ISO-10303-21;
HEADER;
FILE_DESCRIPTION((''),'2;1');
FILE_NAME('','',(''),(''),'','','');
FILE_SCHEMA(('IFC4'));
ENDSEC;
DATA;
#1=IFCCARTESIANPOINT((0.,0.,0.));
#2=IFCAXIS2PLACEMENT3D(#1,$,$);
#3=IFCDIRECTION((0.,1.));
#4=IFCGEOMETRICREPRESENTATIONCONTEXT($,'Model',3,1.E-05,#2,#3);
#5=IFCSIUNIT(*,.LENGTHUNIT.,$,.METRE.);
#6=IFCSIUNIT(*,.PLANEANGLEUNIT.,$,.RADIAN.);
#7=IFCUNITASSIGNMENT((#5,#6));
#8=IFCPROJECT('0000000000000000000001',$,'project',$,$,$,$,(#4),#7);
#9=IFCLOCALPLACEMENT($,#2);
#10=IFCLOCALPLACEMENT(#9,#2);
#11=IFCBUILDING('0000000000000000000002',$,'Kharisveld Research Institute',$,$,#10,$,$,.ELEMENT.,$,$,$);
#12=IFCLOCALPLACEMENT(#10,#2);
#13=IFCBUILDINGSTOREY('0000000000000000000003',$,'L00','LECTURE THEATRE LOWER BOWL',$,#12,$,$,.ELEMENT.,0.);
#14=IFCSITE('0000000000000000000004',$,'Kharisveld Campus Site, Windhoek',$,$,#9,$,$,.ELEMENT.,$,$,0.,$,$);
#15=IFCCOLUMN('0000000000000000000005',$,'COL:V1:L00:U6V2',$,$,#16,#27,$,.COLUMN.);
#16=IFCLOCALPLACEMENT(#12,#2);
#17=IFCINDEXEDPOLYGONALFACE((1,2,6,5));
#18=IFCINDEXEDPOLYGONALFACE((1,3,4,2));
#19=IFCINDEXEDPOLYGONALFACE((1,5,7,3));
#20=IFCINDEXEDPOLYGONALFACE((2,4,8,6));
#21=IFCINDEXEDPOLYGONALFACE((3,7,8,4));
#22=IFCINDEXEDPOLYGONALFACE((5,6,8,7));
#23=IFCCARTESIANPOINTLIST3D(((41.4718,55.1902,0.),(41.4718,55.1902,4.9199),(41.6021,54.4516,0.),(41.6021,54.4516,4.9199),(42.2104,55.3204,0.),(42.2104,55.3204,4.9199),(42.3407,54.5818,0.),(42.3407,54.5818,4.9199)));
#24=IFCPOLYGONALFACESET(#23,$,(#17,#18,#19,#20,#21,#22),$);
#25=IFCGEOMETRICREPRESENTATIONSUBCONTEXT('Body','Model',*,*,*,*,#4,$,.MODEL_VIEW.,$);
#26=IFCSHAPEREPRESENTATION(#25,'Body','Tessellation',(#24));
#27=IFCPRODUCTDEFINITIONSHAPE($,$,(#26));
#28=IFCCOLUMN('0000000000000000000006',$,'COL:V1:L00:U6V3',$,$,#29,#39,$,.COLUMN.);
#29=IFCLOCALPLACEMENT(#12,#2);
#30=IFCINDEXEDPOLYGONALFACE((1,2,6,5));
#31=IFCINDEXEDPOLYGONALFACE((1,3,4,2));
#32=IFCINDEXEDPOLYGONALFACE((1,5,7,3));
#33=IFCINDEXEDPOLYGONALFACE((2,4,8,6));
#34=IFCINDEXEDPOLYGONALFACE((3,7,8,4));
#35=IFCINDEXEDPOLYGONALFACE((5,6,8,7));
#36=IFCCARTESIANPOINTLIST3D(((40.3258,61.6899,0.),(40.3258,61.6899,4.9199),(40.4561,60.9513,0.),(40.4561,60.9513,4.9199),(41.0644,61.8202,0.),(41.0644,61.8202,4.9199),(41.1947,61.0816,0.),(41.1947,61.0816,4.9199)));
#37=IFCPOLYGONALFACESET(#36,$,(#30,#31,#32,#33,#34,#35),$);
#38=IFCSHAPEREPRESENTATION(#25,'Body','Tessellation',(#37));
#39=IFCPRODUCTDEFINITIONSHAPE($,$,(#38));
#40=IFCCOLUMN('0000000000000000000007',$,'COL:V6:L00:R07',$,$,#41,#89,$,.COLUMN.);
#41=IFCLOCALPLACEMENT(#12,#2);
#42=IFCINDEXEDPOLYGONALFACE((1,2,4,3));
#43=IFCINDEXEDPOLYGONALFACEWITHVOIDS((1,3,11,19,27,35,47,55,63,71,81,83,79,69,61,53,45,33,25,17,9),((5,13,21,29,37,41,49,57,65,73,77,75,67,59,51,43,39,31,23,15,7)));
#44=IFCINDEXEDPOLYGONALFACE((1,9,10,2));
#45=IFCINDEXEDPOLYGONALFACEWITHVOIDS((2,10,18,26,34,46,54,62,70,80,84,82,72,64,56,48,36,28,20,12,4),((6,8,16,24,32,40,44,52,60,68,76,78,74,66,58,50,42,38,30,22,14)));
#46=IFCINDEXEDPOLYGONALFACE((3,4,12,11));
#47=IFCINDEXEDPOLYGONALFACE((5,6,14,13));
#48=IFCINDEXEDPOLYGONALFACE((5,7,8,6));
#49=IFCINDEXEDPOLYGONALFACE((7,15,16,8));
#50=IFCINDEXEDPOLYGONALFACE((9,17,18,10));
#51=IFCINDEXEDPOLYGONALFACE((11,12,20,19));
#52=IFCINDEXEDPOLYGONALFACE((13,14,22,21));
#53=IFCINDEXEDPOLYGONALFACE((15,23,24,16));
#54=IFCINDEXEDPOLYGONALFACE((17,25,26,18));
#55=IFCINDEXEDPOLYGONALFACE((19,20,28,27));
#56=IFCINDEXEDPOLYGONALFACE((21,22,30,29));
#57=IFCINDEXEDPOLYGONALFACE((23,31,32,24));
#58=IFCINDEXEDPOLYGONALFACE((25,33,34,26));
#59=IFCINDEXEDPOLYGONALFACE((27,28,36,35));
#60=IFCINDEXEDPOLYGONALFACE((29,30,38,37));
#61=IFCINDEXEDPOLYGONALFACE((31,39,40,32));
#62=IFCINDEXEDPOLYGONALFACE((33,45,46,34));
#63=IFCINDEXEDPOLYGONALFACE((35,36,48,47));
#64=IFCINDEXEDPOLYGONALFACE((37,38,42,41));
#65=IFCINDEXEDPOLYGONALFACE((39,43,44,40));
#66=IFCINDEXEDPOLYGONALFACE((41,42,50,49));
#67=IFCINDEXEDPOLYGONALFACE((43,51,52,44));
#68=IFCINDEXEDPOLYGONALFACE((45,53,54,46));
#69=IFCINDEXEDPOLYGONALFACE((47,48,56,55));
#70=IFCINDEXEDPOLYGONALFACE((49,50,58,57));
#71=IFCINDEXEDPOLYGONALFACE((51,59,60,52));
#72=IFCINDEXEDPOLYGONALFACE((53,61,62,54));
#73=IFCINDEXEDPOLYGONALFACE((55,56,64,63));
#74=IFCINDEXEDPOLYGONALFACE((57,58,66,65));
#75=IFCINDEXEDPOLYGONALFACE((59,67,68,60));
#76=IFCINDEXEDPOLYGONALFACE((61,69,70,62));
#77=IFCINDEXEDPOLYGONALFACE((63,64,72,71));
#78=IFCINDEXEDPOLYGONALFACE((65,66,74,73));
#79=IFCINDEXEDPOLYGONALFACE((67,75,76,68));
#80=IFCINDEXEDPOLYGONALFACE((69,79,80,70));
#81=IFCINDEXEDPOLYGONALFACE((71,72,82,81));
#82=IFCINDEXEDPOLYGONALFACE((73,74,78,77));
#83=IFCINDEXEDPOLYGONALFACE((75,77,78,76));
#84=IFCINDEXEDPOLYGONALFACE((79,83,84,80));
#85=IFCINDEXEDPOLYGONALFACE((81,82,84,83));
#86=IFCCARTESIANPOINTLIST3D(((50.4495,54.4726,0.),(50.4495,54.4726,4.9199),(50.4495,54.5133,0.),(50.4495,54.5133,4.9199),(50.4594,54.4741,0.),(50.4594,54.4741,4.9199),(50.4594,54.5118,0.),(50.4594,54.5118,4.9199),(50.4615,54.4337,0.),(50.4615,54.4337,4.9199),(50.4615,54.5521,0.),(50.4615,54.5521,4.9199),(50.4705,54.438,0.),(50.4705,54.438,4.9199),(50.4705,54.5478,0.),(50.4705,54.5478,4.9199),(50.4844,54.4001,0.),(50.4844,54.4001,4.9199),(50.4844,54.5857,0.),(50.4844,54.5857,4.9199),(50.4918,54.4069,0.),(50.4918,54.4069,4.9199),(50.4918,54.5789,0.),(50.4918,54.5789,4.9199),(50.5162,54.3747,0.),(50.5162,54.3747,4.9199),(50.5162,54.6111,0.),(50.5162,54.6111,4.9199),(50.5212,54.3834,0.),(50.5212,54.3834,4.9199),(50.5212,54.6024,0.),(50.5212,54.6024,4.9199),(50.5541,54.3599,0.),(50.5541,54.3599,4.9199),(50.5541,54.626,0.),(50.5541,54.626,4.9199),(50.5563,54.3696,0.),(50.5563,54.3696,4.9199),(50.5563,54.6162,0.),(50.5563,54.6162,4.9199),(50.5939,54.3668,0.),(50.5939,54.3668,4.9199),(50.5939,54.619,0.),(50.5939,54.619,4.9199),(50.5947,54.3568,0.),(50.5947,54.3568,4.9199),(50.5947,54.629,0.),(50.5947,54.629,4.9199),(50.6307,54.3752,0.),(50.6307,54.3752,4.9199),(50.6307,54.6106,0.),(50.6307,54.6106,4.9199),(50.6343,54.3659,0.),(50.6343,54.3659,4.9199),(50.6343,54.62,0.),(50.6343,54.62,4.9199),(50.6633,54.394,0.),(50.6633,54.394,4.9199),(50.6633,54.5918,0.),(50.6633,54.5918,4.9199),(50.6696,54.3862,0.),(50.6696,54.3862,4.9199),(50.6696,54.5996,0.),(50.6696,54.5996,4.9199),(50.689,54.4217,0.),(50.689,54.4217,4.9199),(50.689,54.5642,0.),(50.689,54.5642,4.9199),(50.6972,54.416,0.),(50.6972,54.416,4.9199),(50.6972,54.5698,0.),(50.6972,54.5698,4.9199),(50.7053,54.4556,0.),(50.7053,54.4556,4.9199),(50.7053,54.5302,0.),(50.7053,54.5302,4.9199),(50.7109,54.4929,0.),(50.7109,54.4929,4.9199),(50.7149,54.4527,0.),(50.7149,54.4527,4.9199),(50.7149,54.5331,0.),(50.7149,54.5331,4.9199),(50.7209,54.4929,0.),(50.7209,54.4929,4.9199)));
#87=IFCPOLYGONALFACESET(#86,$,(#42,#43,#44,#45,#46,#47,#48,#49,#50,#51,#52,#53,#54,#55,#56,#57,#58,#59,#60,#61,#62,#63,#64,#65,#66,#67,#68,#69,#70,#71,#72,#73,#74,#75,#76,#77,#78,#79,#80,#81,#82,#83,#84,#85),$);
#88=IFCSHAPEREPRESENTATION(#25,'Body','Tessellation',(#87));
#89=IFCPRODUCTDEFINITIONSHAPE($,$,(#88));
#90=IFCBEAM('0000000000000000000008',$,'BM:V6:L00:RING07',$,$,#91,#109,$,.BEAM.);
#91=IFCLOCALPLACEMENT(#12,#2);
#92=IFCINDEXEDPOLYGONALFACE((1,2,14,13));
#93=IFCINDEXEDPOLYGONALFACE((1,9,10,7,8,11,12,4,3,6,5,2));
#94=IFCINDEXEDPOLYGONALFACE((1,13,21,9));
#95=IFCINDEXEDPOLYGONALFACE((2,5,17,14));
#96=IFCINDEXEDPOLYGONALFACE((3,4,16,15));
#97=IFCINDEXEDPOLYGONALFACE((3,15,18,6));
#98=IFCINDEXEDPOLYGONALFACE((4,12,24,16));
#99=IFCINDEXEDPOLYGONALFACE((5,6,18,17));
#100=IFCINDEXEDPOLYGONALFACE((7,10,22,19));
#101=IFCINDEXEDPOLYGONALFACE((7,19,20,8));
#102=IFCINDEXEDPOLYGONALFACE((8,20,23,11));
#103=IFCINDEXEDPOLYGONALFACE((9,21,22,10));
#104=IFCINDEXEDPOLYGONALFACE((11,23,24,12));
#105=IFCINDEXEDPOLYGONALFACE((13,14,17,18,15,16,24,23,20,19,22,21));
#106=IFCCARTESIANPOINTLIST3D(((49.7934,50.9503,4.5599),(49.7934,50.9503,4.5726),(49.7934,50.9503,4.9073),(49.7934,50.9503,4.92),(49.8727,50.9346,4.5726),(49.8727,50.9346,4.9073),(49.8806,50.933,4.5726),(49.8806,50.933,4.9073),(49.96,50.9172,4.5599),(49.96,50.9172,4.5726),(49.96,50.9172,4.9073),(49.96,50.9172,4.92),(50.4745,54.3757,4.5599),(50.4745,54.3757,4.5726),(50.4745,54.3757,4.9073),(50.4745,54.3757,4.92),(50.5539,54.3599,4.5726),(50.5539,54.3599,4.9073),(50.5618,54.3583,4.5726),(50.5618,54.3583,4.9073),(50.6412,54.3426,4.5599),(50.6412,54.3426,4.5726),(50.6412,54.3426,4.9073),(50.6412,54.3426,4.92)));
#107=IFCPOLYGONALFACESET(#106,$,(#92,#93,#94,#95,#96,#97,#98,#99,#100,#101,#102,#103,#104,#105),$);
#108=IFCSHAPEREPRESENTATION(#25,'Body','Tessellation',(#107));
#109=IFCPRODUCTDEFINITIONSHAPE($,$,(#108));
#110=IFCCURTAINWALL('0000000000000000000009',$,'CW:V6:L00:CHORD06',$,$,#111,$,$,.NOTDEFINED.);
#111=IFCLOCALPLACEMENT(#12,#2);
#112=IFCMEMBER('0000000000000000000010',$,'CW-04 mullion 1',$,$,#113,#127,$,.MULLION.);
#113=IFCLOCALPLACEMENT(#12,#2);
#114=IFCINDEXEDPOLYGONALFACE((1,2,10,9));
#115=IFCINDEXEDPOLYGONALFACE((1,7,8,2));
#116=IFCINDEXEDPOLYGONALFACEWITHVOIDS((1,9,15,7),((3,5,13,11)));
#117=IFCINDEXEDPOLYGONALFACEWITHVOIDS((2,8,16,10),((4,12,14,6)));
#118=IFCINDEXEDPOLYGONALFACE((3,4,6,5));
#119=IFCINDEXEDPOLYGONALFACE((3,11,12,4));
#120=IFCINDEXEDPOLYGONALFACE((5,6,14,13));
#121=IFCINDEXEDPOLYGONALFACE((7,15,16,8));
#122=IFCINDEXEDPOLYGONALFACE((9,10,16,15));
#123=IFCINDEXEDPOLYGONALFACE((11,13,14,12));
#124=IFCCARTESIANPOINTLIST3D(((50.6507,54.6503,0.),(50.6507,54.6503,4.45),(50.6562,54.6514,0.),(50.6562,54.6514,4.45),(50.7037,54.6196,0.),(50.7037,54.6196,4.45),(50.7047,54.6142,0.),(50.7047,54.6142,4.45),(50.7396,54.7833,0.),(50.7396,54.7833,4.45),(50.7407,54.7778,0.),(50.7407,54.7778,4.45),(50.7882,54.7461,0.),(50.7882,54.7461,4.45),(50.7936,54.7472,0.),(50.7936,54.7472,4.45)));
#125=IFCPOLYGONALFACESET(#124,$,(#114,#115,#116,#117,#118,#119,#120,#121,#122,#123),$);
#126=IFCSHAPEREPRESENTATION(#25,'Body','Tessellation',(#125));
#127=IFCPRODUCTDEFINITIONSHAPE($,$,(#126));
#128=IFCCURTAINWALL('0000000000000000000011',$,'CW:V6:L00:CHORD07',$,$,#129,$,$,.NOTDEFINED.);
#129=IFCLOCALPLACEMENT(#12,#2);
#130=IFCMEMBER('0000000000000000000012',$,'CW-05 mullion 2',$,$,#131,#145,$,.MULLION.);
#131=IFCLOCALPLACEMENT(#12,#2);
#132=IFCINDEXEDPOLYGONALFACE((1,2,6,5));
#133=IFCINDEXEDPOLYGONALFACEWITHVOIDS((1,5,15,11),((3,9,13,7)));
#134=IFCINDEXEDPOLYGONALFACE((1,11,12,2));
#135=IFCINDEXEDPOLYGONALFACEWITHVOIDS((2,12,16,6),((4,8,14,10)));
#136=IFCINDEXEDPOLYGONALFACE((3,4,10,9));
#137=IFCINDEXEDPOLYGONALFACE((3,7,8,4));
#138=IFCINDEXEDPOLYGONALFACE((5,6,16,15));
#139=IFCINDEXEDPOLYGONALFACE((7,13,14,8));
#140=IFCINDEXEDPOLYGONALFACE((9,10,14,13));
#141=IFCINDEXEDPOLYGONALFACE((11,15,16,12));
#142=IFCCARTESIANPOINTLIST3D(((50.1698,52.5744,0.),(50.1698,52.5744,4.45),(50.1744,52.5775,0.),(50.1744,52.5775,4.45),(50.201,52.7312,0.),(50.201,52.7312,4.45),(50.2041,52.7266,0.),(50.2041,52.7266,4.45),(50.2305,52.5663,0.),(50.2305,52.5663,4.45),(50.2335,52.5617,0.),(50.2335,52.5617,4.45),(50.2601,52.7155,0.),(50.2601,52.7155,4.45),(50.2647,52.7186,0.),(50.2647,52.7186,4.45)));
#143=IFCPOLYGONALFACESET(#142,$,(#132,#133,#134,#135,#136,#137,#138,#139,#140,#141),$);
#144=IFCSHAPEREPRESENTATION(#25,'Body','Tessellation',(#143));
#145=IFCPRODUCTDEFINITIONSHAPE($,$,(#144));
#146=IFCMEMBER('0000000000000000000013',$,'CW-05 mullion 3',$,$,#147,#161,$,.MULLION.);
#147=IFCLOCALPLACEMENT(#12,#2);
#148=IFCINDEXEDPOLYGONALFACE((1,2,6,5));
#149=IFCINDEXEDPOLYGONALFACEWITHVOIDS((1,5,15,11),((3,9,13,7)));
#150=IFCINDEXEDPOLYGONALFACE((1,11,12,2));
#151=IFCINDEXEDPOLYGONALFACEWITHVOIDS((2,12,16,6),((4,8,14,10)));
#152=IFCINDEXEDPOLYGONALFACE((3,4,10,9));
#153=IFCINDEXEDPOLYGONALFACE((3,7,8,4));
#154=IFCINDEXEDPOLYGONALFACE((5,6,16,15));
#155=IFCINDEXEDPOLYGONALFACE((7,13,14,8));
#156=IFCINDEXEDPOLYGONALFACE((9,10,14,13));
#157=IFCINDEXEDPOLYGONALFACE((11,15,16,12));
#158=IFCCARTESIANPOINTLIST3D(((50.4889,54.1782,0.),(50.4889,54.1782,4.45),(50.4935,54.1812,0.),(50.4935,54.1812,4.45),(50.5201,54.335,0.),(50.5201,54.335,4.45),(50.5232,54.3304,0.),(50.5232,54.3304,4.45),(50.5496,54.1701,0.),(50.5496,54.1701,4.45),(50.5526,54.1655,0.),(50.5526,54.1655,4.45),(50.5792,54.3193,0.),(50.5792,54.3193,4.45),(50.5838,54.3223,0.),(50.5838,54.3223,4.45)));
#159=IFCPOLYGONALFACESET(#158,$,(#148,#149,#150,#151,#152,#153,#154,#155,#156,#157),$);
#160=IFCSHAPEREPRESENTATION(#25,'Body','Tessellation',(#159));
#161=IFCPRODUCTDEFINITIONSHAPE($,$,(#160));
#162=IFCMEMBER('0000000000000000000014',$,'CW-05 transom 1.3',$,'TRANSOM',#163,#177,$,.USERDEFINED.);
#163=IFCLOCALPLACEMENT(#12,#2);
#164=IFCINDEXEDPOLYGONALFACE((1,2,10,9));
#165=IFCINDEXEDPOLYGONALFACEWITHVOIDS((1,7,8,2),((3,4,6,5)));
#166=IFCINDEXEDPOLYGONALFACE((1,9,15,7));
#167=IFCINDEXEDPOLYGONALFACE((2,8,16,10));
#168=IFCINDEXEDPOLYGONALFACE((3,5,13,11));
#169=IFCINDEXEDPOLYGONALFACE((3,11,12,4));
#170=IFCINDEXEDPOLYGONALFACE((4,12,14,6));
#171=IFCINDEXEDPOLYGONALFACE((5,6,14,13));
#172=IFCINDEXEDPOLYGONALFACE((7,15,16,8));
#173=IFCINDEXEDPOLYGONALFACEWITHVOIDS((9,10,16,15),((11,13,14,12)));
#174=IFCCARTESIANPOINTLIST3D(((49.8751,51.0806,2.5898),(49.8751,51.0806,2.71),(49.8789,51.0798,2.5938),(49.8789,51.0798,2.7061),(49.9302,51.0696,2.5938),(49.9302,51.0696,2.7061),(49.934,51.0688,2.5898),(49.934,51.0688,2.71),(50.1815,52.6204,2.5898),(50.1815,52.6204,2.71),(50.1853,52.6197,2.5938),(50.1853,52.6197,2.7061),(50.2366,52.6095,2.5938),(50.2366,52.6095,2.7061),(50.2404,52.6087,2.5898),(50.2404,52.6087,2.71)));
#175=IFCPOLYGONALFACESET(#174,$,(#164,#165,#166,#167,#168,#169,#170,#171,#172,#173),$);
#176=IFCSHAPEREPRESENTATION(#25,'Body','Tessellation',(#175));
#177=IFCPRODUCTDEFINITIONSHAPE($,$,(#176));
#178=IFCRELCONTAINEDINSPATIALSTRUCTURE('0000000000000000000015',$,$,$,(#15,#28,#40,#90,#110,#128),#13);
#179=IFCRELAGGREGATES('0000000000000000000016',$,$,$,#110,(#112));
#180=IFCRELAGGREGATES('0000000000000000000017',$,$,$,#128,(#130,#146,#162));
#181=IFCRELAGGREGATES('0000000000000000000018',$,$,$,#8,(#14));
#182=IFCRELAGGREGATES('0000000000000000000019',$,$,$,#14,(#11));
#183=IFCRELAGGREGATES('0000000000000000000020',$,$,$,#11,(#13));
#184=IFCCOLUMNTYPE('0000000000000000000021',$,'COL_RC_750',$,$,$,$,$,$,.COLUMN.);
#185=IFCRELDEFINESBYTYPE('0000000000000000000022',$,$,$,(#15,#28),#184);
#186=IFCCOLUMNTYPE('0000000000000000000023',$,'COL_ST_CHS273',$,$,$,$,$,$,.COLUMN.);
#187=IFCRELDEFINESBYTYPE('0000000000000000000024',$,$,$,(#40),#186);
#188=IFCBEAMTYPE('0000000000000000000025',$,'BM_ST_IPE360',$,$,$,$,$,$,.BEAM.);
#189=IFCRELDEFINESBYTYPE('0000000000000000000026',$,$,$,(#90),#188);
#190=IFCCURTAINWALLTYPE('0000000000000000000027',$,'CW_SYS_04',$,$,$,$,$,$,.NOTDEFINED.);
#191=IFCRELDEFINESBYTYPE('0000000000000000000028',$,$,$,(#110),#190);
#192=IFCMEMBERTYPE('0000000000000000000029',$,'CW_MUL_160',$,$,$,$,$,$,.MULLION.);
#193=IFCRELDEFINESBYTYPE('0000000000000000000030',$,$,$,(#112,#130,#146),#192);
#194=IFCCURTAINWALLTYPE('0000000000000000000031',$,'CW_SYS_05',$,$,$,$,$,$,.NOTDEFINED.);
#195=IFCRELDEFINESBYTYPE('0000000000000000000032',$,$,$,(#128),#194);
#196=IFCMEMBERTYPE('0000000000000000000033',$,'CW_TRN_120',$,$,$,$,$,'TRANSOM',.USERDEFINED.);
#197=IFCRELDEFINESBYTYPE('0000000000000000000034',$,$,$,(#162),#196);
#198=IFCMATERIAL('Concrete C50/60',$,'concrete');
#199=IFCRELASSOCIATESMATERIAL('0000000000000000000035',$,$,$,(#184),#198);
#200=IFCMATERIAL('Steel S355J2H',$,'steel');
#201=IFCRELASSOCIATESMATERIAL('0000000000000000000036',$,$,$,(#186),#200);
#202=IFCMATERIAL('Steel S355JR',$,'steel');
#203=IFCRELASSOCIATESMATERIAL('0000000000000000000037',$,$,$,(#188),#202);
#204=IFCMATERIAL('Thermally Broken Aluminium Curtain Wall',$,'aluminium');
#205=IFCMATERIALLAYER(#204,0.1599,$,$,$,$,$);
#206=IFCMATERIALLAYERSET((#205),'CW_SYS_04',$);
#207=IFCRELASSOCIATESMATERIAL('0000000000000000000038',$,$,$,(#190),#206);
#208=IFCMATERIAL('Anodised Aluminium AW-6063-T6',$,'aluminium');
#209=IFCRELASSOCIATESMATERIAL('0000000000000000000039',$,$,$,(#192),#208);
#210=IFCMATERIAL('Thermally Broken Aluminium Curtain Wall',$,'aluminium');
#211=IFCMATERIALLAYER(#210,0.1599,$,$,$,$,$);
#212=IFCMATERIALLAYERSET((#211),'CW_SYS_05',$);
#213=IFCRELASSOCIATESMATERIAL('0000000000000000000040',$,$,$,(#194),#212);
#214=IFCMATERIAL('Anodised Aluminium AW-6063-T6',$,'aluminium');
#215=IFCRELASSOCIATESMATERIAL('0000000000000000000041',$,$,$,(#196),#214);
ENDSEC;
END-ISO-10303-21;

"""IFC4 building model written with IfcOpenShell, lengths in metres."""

from ifc_helpers import new_model, si_unit, direction, frame, origin, origin_2d, place, context, subcontext, project, spatial, rectangle, hollow_rectangle, hollow_circle, i_section, extrude, material, layer, layer_set, material_profile, profile_set, type_object, element, aggregate, save


model = new_model("IFC4")

# Units and contexts
model_context = context("Model", 3, precision=1e-05, world=origin(), true_north=direction((0.0, 1.0)))
body_context = subcontext(model_context, "Body", "Model", "MODEL_VIEW")
ifc_project = project(units=[si_unit("LENGTHUNIT", "METRE"), si_unit("PLANEANGLEUNIT", "RADIAN")], contexts=[model_context])

# Site, building, storey
site_placement = place(None, origin())
site = spatial("IfcSite", under=ifc_project, at=site_placement, Name="Kharisveld Campus Site, Windhoek", CompositionType="ELEMENT", RefElevation=0.0)
building_placement = place(site_placement, origin())
building = spatial("IfcBuilding", under=site, at=building_placement, Name="Kharisveld Research Institute", CompositionType="ELEMENT")
storey_placement = place(building_placement, origin())
storey = spatial("IfcBuildingStorey", under=building, at=storey_placement, Name="L00", Description="LECTURE THEATRE LOWER BOWL", CompositionType="ELEMENT", Elevation=0.0)

# Columns
ifc_material_1 = material(Name="Concrete C50/60", Category="concrete")
ifc_material_profile_1 = material_profile(ifc_material_1, rectangle(XDim=0.75, YDim=0.75, at=origin_2d()))
ifc_profile_set_1 = profile_set([ifc_material_profile_1], Name="Concrete C50/60")
column_type_1 = type_object("IfcColumnType", Name="COL_RC_750", PredefinedType="COLUMN", material=ifc_profile_set_1)
for number, where, z_axis, x_axis, name in (
    (1, (41.9062, 54.886, 0.0), (0.0, 0.0, 1.0), (0.984808, 0.173648, 0.0), "COL:V1:L00:U6V2"),
    (2, (40.7603, 61.3857, 0.0), (0.0, 0.0, 1.0), (0.984808, 0.173648, 0.0), "COL:V1:L00:U6V3"),
):
    element("IfcColumn", number, at=place(storey_placement, frame(where, z_axis=z_axis, x_axis=x_axis)), inside=storey, type_object=column_type_1, Name=name, PredefinedType="COLUMN", context=body_context, shape_type="SweptSolid", body=[
        extrude(rectangle(XDim=0.75, YDim=0.75, at=origin_2d()), origin(), (0.0, 0.0, 1.0), 4.9199),
    ])
ifc_material_2 = material(Name="Steel S355J2H", Category="steel")
ifc_material_profile_2 = material_profile(ifc_material_2, hollow_circle(Radius=0.1365, WallThickness=0.01, at=origin_2d()))
ifc_profile_set_2 = profile_set([ifc_material_profile_2], Name="Steel S355J2H")
column_type_2 = type_object("IfcColumnType", Name="COL_ST_CHS273", PredefinedType="COLUMN", material=ifc_profile_set_2)
column_placement = place(storey_placement, frame((50.5845, 54.4929, 0.0), z_axis=(0.0, 0.0, 1.0), x_axis=(1.0, 0.0, 0.0)))
element("IfcColumn", 3, at=column_placement, inside=storey, type_object=column_type_2, Name="COL:V6:L00:R07", PredefinedType="COLUMN", context=body_context, shape_type="SweptSolid", body=[
    extrude(hollow_circle(Radius=0.1365, WallThickness=0.01, at=origin_2d()), origin(), (0.0, 0.0, 1.0), 4.9199),
])

# Beam
ifc_material_3 = material(Name="Steel S355JR", Category="steel")
ifc_material_profile_3 = material_profile(ifc_material_3, i_section(OverallWidth=0.1699, OverallDepth=0.3601, WebThickness=0.0081, FlangeThickness=0.0127, at=origin_2d()))
ifc_profile_set_3 = profile_set([ifc_material_profile_3], Name="Steel S355JR")
beam_type_1 = type_object("IfcBeamType", Name="BM_ST_IPE360", PredefinedType="BEAM", material=ifc_profile_set_3)
beam_1_placement = place(storey_placement, frame((50.5579, 54.3591, 4.74), z_axis=(-0.195041, -0.980795, 0.0), x_axis=(0.980795, -0.195041, 0.0)))
element("IfcBeam", 4, at=beam_1_placement, inside=storey, type_object=beam_type_1, Name="BM:V6:L00:RING07", PredefinedType="BEAM", context=body_context, shape_type="SweptSolid", body=[
    extrude(i_section(OverallWidth=0.1699, OverallDepth=0.3601, WebThickness=0.0081, FlangeThickness=0.0127, at=origin_2d()), origin(), (0.0, 0.0, 1.0), 3.4924),
])

# Curtain wall, member
ifc_material_4 = material(Name="Thermally Broken Aluminium Curtain Wall", Category="aluminium")
ifc_layer_1 = layer(ifc_material_4, 0.1599)
ifc_layer_set_1 = layer_set([ifc_layer_1], Name="CW_SYS_04")
curtain_wall_type_1 = type_object("IfcCurtainWallType", Name="CW_SYS_04", PredefinedType="NOTDEFINED", material=ifc_layer_set_1)
curtain_wall_1_placement = place(storey_placement, origin())
curtain_wall_1 = element("IfcCurtainWall", 5, at=curtain_wall_1_placement, inside=storey, type_object=curtain_wall_type_1, Name="CW:V6:L00:CHORD06", PredefinedType="NOTDEFINED")
ifc_material_5 = material(Name="Anodised Aluminium AW-6063-T6", Category="aluminium")
ifc_material_profile_4 = material_profile(ifc_material_5, hollow_rectangle(XDim=0.0649, YDim=0.1599, WallThickness=0.0039, at=origin_2d()))
ifc_profile_set_4 = profile_set([ifc_material_profile_4], Name="Anodised Aluminium AW-6063-T6")
member_type_1 = type_object("IfcMemberType", Name="CW_MUL_160", PredefinedType="MULLION", material=ifc_profile_set_4)
member_1_placement = place(storey_placement, frame((50.7222, 54.6987, 0.0), z_axis=(0.0, 0.0, 1.0), x_axis=(-0.83147, 0.55557, 0.0)))
member_1 = element("IfcMember", 6, at=member_1_placement, type_object=member_type_1, Name="CW-04 mullion 1", PredefinedType="MULLION", context=body_context, shape_type="SweptSolid", body=[
    extrude(hollow_rectangle(XDim=0.0649, YDim=0.1599, WallThickness=0.0039, at=origin_2d()), origin(), (0.0, 0.0, 1.0), 4.45),
])
aggregate(curtain_wall_1, [member_1])

# Curtain wall, members
ifc_material_6 = material(Name="Thermally Broken Aluminium Curtain Wall", Category="aluminium")
ifc_layer_2 = layer(ifc_material_6, 0.1599)
ifc_layer_set_2 = layer_set([ifc_layer_2], Name="CW_SYS_05")
curtain_wall_type_2 = type_object("IfcCurtainWallType", Name="CW_SYS_05", PredefinedType="NOTDEFINED", material=ifc_layer_set_2)
curtain_wall_2_placement = place(storey_placement, origin())
curtain_wall_2 = element("IfcCurtainWall", 7, at=curtain_wall_2_placement, inside=storey, type_object=curtain_wall_type_2, Name="CW:V6:L00:CHORD07", PredefinedType="NOTDEFINED")
member_2_placement = place(storey_placement, frame((50.2173, 52.6465, 0.0), z_axis=(0.0, 0.0, 1.0), x_axis=(-0.980785, 0.195091, 0.0)))
member_2 = element("IfcMember", 8, at=member_2_placement, type_object=member_type_1, Name="CW-05 mullion 2", PredefinedType="MULLION", context=body_context, shape_type="SweptSolid", body=[
    extrude(hollow_rectangle(XDim=0.0649, YDim=0.1599, WallThickness=0.0039, at=origin_2d()), origin(), (0.0, 0.0, 1.0), 4.45),
])
member_3_placement = place(storey_placement, frame((50.5364, 54.2502, 0.0), z_axis=(0.0, 0.0, 1.0), x_axis=(-0.980785, 0.195091, 0.0)))
member_3 = element("IfcMember", 9, at=member_3_placement, type_object=member_type_1, Name="CW-05 mullion 3", PredefinedType="MULLION", context=body_context, shape_type="SweptSolid", body=[
    extrude(hollow_rectangle(XDim=0.0649, YDim=0.1599, WallThickness=0.0039, at=origin_2d()), origin(), (0.0, 0.0, 1.0), 4.45),
])
ifc_material_7 = material(Name="Anodised Aluminium AW-6063-T6", Category="aluminium")
ifc_material_profile_5 = material_profile(ifc_material_7, hollow_rectangle(XDim=0.0601, YDim=0.1201, WallThickness=0.0039, at=origin_2d()))
ifc_profile_set_5 = profile_set([ifc_material_profile_5], Name="Anodised Aluminium AW-6063-T6")
member_type_2 = type_object("IfcMemberType", Name="CW_TRN_120", ElementType="TRANSOM", PredefinedType="USERDEFINED", material=ifc_profile_set_5)
member_4_placement = place(storey_placement, frame((49.9045, 51.0747, 2.6499), z_axis=(0.195159, 0.980772, 0.0), x_axis=(-0.980772, 0.195159, 0.0)))
member_4 = element("IfcMember", 10, at=member_4_placement, type_object=member_type_2, Name="CW-05 transom 1.3", ObjectType="TRANSOM", PredefinedType="USERDEFINED", context=body_context, shape_type="SweptSolid", body=[
    extrude(hollow_rectangle(XDim=0.0601, YDim=0.1201, WallThickness=0.0039, at=origin_2d()), origin(), (0.0, 0.0, 1.0), 1.5701),
])

aggregate(curtain_wall_2, [member_2, member_3, member_4])

save(model, "model.ifc")
